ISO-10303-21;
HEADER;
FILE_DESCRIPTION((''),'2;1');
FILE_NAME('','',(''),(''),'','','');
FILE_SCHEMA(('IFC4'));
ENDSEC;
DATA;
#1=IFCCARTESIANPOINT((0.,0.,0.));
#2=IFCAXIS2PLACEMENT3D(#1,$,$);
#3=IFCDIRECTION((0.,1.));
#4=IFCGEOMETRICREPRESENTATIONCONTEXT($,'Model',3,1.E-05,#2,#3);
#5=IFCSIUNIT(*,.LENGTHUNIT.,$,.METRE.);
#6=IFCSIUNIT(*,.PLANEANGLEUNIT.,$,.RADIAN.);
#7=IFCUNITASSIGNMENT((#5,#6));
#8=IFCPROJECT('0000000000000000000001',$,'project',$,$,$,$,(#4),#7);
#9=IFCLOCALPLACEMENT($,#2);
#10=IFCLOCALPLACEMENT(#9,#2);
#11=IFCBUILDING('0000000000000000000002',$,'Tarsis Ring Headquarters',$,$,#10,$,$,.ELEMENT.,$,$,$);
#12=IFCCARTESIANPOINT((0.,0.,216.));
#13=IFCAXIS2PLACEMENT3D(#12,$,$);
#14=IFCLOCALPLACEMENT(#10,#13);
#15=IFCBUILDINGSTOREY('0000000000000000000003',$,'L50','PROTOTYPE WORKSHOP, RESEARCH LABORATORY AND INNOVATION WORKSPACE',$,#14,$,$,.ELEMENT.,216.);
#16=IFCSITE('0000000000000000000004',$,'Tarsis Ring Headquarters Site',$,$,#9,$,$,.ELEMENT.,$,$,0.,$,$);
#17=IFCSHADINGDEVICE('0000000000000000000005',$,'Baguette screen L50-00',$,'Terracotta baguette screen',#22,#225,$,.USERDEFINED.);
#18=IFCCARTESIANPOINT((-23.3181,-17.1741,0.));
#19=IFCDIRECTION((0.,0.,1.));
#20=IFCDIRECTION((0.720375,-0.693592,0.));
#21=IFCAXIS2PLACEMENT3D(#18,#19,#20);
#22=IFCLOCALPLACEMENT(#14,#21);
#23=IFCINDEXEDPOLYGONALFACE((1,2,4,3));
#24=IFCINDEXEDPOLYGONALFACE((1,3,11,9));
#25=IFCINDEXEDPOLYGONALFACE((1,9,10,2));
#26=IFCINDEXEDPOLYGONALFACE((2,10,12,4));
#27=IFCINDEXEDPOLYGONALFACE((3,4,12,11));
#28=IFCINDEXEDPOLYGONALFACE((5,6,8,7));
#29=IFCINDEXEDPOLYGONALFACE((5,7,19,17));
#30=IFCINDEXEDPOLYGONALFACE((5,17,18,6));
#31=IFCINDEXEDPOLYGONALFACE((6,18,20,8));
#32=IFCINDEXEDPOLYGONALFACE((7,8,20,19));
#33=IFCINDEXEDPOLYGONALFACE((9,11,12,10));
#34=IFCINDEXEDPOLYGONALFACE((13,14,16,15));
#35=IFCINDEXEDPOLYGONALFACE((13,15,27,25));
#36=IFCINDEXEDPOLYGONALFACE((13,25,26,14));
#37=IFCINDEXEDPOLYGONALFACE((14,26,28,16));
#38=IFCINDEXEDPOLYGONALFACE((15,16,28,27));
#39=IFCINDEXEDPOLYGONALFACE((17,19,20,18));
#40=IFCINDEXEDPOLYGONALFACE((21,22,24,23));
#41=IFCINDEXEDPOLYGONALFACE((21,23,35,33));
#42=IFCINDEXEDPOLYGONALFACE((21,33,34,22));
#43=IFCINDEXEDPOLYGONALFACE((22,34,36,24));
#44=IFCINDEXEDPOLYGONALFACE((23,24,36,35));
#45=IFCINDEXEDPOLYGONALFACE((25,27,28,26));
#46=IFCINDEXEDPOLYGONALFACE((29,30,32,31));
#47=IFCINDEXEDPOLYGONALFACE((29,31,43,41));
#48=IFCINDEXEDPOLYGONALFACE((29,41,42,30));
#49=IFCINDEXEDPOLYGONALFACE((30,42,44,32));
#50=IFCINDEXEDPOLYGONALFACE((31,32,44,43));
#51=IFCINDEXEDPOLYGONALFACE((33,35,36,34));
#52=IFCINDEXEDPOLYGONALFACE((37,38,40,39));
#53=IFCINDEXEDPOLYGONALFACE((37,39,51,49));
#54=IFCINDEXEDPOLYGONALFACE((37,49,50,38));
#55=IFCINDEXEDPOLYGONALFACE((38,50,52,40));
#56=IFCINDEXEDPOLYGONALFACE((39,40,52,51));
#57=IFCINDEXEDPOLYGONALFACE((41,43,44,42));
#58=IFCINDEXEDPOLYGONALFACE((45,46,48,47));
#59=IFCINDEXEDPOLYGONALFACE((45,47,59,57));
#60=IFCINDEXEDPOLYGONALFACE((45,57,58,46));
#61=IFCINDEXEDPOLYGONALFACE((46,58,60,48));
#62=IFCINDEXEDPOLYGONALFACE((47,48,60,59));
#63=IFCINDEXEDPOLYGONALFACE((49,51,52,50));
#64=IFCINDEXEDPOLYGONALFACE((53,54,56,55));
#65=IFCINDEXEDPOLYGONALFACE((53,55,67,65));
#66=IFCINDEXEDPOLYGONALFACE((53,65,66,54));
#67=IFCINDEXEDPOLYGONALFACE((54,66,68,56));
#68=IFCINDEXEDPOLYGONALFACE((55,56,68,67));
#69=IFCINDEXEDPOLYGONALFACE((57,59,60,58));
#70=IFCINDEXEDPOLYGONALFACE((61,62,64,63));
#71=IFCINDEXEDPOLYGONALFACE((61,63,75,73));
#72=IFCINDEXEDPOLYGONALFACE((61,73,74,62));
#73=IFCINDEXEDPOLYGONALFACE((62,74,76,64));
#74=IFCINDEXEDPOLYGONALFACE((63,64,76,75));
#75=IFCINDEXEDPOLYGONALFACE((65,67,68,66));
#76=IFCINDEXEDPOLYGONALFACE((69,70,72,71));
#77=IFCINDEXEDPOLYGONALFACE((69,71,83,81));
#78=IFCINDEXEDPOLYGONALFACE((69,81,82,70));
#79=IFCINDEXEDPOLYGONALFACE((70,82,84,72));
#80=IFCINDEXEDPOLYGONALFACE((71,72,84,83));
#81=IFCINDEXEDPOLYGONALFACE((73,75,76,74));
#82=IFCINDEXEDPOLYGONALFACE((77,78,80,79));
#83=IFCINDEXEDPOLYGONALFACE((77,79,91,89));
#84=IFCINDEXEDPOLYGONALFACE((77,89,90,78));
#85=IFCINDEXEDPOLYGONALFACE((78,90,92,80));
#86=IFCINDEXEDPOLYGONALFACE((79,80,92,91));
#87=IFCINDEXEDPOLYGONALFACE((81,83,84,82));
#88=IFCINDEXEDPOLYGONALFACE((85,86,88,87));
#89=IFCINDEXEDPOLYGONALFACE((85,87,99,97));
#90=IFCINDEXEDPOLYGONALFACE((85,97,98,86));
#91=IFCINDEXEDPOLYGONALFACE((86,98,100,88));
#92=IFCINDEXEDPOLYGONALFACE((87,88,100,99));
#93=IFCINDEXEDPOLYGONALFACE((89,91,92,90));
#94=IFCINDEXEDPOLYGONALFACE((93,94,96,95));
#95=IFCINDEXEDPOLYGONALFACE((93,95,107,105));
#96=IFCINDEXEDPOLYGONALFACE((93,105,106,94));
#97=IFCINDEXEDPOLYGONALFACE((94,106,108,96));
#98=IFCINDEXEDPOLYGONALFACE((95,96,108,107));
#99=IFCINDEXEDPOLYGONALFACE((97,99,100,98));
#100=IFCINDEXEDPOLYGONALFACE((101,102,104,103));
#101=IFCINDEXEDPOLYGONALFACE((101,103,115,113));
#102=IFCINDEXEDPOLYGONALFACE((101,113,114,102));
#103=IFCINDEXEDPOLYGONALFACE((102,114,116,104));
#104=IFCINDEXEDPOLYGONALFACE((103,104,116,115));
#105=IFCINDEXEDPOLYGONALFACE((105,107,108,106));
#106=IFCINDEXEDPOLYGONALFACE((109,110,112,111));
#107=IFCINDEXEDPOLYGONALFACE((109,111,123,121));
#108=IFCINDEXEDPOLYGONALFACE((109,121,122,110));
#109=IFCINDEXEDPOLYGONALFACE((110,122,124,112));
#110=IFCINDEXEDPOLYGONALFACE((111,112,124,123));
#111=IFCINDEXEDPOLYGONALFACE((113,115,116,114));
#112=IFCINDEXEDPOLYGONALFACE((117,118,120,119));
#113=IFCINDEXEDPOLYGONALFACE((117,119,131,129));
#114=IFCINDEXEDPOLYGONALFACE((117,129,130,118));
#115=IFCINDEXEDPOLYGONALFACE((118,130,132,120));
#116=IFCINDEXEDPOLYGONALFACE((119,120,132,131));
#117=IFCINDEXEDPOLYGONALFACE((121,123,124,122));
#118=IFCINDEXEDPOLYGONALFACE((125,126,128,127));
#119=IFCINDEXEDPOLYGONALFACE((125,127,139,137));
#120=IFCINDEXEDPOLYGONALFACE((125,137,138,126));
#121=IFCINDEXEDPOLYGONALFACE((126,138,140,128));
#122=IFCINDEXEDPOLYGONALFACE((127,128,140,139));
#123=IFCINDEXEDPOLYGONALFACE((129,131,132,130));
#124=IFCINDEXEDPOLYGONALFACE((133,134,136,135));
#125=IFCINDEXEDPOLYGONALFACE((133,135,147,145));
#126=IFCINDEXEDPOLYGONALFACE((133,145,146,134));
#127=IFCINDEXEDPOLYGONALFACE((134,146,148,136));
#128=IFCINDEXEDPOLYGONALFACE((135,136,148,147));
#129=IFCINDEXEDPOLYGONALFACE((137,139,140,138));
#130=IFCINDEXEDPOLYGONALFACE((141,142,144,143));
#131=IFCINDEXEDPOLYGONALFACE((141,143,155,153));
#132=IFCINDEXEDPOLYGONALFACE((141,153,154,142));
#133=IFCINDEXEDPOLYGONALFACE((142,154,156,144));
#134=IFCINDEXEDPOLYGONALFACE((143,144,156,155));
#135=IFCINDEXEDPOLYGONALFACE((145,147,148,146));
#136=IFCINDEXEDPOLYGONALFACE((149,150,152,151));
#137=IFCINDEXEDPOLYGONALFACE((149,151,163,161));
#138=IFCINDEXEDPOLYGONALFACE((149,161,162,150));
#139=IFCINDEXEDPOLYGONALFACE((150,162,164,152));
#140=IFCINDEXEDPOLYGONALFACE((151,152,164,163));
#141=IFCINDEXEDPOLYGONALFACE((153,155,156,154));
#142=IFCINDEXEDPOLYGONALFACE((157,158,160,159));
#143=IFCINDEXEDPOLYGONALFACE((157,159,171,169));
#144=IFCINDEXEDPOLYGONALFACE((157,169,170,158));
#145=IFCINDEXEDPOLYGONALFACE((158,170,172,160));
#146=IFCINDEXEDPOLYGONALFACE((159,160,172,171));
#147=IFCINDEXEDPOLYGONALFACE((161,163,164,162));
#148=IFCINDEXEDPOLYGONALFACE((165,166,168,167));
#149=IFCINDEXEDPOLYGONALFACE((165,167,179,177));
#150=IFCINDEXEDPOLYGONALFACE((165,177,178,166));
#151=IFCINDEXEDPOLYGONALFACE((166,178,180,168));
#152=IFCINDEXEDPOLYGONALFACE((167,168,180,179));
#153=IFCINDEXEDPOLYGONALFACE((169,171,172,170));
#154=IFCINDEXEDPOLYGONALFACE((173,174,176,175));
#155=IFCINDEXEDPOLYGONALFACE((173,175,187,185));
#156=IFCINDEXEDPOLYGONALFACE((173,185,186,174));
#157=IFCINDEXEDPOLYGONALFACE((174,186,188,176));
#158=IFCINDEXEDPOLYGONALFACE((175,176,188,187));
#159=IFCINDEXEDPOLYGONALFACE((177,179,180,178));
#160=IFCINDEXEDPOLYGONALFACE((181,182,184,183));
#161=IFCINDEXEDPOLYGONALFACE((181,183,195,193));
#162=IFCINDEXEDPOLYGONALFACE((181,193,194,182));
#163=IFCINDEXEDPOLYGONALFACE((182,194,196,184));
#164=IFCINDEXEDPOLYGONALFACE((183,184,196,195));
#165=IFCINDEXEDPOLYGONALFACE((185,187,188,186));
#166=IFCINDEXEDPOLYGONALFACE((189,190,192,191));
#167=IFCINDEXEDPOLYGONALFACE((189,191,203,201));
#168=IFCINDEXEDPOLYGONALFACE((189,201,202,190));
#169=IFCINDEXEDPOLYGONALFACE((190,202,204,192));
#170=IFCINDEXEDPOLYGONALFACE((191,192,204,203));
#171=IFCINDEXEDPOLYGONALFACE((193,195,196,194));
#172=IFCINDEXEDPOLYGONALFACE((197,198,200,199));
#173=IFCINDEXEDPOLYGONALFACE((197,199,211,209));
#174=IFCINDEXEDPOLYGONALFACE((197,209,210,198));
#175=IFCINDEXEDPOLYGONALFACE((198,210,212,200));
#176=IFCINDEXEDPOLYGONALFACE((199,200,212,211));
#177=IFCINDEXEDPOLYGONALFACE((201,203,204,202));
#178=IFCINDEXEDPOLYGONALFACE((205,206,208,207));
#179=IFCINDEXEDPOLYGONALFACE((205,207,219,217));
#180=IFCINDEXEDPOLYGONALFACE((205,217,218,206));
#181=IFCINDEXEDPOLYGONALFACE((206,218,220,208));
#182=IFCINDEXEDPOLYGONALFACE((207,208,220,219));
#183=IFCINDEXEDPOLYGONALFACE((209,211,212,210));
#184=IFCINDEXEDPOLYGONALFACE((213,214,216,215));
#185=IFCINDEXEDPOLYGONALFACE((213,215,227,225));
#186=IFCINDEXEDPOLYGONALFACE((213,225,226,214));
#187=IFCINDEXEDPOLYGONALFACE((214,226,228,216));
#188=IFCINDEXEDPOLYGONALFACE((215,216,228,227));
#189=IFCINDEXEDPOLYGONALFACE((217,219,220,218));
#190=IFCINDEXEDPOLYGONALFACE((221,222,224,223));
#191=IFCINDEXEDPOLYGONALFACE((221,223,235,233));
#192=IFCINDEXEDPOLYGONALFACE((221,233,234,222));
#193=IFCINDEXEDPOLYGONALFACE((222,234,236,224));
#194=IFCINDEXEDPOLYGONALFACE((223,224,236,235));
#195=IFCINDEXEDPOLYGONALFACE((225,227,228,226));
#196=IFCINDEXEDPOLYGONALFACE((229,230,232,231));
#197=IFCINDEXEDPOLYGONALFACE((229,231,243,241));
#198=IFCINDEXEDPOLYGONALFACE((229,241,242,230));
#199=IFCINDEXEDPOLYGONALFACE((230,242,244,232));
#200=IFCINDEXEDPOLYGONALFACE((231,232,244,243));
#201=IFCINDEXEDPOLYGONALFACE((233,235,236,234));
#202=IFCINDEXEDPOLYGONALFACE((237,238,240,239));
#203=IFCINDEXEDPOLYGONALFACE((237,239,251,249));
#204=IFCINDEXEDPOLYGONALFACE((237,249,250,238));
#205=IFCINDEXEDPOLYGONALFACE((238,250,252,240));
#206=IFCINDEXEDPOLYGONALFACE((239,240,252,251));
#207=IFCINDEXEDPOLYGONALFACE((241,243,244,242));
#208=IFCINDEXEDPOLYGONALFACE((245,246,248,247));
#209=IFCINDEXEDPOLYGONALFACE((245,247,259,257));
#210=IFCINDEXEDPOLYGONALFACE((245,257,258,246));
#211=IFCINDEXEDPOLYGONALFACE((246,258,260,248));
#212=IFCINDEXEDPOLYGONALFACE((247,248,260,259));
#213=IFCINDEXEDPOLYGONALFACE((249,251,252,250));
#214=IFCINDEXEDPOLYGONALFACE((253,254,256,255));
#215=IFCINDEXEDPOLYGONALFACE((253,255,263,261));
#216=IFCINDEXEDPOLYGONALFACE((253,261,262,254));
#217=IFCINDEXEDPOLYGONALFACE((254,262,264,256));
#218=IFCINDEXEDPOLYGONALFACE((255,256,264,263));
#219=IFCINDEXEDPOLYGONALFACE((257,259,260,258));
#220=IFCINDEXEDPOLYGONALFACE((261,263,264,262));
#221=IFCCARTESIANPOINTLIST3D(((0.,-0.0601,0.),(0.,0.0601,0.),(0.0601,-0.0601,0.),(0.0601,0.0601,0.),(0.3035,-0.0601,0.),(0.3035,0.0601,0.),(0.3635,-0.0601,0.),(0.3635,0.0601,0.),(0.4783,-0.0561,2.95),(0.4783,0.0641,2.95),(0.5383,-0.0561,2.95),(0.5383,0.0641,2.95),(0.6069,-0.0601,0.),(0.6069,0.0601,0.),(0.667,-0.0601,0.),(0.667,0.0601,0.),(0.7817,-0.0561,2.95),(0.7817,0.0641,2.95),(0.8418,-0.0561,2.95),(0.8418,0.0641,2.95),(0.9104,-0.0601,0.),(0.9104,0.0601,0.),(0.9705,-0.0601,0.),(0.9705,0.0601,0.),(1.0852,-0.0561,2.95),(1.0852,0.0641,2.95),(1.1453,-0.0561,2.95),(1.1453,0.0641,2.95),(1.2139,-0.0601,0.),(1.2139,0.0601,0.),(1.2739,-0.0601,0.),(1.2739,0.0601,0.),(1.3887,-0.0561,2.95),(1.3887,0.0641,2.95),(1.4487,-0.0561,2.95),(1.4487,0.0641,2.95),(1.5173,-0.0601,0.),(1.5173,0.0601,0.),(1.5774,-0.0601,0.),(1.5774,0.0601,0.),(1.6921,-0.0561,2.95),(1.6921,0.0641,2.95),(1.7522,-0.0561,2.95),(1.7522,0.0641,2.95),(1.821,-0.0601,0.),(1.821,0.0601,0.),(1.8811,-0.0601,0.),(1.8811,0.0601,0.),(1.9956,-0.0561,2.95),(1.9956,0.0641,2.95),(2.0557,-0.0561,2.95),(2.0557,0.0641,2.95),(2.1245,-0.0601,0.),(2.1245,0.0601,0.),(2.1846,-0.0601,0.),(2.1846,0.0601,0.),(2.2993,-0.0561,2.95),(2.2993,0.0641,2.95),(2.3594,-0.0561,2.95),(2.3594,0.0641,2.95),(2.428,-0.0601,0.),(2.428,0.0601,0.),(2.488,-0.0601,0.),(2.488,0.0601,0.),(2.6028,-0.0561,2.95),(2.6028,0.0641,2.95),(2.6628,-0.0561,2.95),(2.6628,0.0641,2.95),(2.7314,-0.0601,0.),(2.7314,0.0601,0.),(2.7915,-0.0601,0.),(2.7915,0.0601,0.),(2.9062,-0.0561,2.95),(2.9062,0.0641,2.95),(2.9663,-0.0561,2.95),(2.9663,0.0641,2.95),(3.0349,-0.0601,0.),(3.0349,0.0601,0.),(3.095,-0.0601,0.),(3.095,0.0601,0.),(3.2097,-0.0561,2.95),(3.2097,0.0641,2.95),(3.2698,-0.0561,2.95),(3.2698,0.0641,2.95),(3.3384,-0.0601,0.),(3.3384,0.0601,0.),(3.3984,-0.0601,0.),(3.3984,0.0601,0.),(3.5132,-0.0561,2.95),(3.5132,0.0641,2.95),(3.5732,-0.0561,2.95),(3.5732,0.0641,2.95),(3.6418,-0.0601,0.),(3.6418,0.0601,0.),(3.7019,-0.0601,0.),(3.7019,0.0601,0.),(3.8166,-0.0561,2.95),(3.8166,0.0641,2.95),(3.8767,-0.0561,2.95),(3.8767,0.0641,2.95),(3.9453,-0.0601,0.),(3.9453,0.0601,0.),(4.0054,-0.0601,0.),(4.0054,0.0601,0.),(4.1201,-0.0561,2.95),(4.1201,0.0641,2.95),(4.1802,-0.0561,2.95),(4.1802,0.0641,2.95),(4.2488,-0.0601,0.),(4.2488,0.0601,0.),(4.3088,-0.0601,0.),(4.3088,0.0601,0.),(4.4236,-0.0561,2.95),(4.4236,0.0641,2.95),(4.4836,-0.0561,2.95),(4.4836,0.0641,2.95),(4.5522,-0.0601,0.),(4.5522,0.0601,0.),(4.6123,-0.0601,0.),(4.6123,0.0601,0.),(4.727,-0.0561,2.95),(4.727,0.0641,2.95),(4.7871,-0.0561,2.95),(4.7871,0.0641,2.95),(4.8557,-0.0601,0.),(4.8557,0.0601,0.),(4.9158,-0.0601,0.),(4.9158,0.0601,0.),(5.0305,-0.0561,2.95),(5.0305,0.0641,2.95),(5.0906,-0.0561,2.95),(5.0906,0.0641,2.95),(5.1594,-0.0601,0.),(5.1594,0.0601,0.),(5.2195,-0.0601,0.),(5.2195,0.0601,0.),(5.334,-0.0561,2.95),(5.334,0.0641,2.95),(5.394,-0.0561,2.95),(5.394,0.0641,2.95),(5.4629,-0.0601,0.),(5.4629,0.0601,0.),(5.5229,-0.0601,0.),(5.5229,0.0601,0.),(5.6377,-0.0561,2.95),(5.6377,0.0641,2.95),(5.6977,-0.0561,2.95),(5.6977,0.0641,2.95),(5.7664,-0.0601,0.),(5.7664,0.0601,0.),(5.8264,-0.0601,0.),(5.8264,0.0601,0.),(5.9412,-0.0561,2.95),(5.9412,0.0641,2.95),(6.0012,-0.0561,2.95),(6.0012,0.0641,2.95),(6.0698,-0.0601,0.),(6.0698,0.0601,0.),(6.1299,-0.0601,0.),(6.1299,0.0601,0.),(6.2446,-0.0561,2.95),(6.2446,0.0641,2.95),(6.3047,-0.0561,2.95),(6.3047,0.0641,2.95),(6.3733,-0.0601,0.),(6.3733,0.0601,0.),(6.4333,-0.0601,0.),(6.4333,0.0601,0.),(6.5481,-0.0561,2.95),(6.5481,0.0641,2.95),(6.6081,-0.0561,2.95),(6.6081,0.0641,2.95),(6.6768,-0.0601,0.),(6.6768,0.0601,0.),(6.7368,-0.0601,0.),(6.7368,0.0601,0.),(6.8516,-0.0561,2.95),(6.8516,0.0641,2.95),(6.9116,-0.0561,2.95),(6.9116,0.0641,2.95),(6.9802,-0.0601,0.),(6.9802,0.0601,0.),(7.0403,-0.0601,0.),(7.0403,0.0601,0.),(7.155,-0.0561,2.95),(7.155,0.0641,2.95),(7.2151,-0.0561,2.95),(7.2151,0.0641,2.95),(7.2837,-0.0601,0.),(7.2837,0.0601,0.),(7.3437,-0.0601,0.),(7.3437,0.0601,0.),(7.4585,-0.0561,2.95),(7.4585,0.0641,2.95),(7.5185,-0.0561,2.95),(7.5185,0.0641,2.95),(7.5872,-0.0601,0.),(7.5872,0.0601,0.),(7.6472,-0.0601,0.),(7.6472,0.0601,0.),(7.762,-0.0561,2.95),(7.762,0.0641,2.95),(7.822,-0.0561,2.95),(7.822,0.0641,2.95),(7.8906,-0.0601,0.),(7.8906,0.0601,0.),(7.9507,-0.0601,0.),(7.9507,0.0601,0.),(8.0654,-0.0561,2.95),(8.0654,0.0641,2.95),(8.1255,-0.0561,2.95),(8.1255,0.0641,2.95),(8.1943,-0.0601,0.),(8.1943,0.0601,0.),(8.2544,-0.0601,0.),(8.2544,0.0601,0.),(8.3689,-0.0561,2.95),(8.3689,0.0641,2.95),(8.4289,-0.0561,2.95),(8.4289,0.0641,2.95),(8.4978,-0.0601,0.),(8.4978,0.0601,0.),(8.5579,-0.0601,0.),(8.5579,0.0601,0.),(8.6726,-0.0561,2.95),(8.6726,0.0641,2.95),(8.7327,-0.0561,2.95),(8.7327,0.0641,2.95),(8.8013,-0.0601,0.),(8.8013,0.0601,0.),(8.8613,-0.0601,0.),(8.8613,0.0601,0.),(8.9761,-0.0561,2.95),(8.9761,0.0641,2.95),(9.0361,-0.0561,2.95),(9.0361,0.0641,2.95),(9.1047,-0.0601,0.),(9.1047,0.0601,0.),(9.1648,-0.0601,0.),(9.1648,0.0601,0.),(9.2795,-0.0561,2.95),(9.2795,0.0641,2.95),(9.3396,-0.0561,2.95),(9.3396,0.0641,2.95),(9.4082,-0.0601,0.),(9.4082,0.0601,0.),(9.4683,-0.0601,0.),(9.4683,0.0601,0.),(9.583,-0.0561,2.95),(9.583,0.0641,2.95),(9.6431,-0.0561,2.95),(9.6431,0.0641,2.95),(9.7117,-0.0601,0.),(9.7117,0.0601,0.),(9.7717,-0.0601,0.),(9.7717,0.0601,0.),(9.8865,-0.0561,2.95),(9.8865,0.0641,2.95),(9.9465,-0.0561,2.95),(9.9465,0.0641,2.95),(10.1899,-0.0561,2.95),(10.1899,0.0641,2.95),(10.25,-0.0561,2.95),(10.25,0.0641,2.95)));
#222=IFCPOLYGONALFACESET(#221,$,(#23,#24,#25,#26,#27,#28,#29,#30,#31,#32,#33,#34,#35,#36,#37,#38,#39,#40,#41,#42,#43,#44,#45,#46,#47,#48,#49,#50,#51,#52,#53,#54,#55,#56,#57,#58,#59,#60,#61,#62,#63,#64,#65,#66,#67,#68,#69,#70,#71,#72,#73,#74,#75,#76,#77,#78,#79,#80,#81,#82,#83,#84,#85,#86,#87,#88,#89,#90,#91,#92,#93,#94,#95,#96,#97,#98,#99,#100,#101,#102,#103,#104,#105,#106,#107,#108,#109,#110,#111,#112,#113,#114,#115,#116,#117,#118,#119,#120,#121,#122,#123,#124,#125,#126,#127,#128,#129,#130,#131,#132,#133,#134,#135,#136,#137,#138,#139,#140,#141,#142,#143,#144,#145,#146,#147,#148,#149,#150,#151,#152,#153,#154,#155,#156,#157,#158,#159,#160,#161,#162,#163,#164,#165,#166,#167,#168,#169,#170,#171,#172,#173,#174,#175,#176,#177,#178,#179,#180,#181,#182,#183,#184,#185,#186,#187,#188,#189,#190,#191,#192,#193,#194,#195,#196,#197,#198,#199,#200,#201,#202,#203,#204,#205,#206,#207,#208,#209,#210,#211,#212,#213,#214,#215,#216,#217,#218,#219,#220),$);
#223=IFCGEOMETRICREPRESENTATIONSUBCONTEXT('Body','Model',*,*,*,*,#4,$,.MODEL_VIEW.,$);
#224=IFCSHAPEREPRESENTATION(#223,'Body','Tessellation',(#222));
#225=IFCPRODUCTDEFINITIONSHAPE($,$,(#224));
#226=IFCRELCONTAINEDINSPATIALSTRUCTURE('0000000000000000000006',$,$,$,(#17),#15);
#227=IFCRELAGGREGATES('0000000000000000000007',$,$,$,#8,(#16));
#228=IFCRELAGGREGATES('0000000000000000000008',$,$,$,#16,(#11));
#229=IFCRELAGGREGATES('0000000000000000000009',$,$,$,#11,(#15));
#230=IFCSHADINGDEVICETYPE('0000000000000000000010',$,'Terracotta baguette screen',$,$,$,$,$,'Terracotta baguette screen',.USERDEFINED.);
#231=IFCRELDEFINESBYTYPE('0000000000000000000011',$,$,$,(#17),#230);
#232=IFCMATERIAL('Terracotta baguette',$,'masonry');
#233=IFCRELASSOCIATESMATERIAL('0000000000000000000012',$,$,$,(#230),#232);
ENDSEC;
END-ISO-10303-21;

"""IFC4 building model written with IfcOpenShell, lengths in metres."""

from ifc_helpers import new_model, si_unit, direction, frame, frame_2d, origin, place, context, subcontext, project, spatial, rectangle, composite_profile, extrude, material, type_object, element, save


model = new_model("IFC4")

# Units and contexts
model_context = context("Model", 3, precision=1e-05, world=origin(), true_north=direction((0.0, 1.0)))
body_context = subcontext(model_context, "Body", "Model", "MODEL_VIEW")
ifc_project = project(units=[si_unit("LENGTHUNIT", "METRE"), si_unit("PLANEANGLEUNIT", "RADIAN")], contexts=[model_context])

# Site, building, storey
site_placement = place(None, origin())
site = spatial("IfcSite", under=ifc_project, at=site_placement, Name="Tarsis Ring Headquarters Site", CompositionType="ELEMENT", RefElevation=0.0)
building_placement = place(site_placement, origin())
building = spatial("IfcBuilding", under=site, at=building_placement, Name="Tarsis Ring Headquarters", CompositionType="ELEMENT")
storey_placement = place(building_placement, frame((0.0, 0.0, 216.0)))
storey = spatial("IfcBuildingStorey", under=building, at=storey_placement, Name="L50", Description="PROTOTYPE WORKSHOP, RESEARCH LABORATORY AND INNOVATION WORKSPACE", CompositionType="ELEMENT", Elevation=216.0)

# Shading device
ifc_material_1 = material(Name="Terracotta baguette", Category="masonry")
shading_device_type = type_object("IfcShadingDeviceType", Name="Terracotta baguette screen", ElementType="Terracotta baguette screen", PredefinedType="USERDEFINED", material=ifc_material_1)
shading_device_1_placement = place(storey_placement, frame((-23.3181, -17.1741, 0.0), z_axis=(0.0, 0.0, 1.0), x_axis=(0.720375, -0.693592, 0.0)))
element("IfcShadingDevice", 1, at=shading_device_1_placement, inside=storey, type_object=shading_device_type, Name="Baguette screen L50-00", ObjectType="Terracotta baguette screen", PredefinedType="USERDEFINED", context=body_context, shape_type="SweptSolid", body=[
    extrude(composite_profile([rectangle(XDim=0.0601, YDim=0.1201, at=frame_2d((0.03, 0.0))), rectangle(XDim=0.0601, YDim=0.1201, at=frame_2d((0.3335, 0.0))), rectangle(XDim=0.0601, YDim=0.1201, at=frame_2d((0.637, 0.0))), rectangle(XDim=0.0601, YDim=0.1201, at=frame_2d((0.9404, 0.0))), rectangle(XDim=0.0601, YDim=0.1201, at=frame_2d((1.2439, 0.0))), rectangle(XDim=0.0601, YDim=0.1201, at=frame_2d((1.5474, 0.0))), rectangle(XDim=0.0601, YDim=0.1201, at=frame_2d((1.8511, 0.0))), rectangle(XDim=0.0601, YDim=0.1201, at=frame_2d((2.1545, 0.0))), rectangle(XDim=0.0601, YDim=0.1201, at=frame_2d((2.458, 0.0))), rectangle(XDim=0.0601, YDim=0.1201, at=frame_2d((2.7615, 0.0))), rectangle(XDim=0.0601, YDim=0.1201, at=frame_2d((3.0649, 0.0))), rectangle(XDim=0.0601, YDim=0.1201, at=frame_2d((3.3684, 0.0))), rectangle(XDim=0.0601, YDim=0.1201, at=frame_2d((3.6719, 0.0))), rectangle(XDim=0.0601, YDim=0.1201, at=frame_2d((3.9753, 0.0))), rectangle(XDim=0.0601, YDim=0.1201, at=frame_2d((4.2788, 0.0))), rectangle(XDim=0.0601, YDim=0.1201, at=frame_2d((4.5823, 0.0))), rectangle(XDim=0.0601, YDim=0.1201, at=frame_2d((4.8857, 0.0))), rectangle(XDim=0.0601, YDim=0.1201, at=frame_2d((5.1895, 0.0))), rectangle(XDim=0.0601, YDim=0.1201, at=frame_2d((5.4929, 0.0))), rectangle(XDim=0.0601, YDim=0.1201, at=frame_2d((5.7964, 0.0))), rectangle(XDim=0.0601, YDim=0.1201, at=frame_2d((6.0999, 0.0))), rectangle(XDim=0.0601, YDim=0.1201, at=frame_2d((6.4033, 0.0))), rectangle(XDim=0.0601, YDim=0.1201, at=frame_2d((6.7068, 0.0))), rectangle(XDim=0.0601, YDim=0.1201, at=frame_2d((7.0103, 0.0))), rectangle(XDim=0.0601, YDim=0.1201, at=frame_2d((7.3137, 0.0))), rectangle(XDim=0.0601, YDim=0.1201, at=frame_2d((7.6172, 0.0))), rectangle(XDim=0.0601, YDim=0.1201, at=frame_2d((7.9207, 0.0))), rectangle(XDim=0.0601, YDim=0.1201, at=frame_2d((8.2244, 0.0))), rectangle(XDim=0.0601, YDim=0.1201, at=frame_2d((8.5278, 0.0))), rectangle(XDim=0.0601, YDim=0.1201, at=frame_2d((8.8313, 0.0))), rectangle(XDim=0.0601, YDim=0.1201, at=frame_2d((9.1348, 0.0))), rectangle(XDim=0.0601, YDim=0.1201, at=frame_2d((9.4382, 0.0))), rectangle(XDim=0.0601, YDim=0.1201, at=frame_2d((9.7417, 0.0)))]), origin(), (0.160033, 0.00134, 0.987111), 2.9885),
])

save(model, "model.ifc")
